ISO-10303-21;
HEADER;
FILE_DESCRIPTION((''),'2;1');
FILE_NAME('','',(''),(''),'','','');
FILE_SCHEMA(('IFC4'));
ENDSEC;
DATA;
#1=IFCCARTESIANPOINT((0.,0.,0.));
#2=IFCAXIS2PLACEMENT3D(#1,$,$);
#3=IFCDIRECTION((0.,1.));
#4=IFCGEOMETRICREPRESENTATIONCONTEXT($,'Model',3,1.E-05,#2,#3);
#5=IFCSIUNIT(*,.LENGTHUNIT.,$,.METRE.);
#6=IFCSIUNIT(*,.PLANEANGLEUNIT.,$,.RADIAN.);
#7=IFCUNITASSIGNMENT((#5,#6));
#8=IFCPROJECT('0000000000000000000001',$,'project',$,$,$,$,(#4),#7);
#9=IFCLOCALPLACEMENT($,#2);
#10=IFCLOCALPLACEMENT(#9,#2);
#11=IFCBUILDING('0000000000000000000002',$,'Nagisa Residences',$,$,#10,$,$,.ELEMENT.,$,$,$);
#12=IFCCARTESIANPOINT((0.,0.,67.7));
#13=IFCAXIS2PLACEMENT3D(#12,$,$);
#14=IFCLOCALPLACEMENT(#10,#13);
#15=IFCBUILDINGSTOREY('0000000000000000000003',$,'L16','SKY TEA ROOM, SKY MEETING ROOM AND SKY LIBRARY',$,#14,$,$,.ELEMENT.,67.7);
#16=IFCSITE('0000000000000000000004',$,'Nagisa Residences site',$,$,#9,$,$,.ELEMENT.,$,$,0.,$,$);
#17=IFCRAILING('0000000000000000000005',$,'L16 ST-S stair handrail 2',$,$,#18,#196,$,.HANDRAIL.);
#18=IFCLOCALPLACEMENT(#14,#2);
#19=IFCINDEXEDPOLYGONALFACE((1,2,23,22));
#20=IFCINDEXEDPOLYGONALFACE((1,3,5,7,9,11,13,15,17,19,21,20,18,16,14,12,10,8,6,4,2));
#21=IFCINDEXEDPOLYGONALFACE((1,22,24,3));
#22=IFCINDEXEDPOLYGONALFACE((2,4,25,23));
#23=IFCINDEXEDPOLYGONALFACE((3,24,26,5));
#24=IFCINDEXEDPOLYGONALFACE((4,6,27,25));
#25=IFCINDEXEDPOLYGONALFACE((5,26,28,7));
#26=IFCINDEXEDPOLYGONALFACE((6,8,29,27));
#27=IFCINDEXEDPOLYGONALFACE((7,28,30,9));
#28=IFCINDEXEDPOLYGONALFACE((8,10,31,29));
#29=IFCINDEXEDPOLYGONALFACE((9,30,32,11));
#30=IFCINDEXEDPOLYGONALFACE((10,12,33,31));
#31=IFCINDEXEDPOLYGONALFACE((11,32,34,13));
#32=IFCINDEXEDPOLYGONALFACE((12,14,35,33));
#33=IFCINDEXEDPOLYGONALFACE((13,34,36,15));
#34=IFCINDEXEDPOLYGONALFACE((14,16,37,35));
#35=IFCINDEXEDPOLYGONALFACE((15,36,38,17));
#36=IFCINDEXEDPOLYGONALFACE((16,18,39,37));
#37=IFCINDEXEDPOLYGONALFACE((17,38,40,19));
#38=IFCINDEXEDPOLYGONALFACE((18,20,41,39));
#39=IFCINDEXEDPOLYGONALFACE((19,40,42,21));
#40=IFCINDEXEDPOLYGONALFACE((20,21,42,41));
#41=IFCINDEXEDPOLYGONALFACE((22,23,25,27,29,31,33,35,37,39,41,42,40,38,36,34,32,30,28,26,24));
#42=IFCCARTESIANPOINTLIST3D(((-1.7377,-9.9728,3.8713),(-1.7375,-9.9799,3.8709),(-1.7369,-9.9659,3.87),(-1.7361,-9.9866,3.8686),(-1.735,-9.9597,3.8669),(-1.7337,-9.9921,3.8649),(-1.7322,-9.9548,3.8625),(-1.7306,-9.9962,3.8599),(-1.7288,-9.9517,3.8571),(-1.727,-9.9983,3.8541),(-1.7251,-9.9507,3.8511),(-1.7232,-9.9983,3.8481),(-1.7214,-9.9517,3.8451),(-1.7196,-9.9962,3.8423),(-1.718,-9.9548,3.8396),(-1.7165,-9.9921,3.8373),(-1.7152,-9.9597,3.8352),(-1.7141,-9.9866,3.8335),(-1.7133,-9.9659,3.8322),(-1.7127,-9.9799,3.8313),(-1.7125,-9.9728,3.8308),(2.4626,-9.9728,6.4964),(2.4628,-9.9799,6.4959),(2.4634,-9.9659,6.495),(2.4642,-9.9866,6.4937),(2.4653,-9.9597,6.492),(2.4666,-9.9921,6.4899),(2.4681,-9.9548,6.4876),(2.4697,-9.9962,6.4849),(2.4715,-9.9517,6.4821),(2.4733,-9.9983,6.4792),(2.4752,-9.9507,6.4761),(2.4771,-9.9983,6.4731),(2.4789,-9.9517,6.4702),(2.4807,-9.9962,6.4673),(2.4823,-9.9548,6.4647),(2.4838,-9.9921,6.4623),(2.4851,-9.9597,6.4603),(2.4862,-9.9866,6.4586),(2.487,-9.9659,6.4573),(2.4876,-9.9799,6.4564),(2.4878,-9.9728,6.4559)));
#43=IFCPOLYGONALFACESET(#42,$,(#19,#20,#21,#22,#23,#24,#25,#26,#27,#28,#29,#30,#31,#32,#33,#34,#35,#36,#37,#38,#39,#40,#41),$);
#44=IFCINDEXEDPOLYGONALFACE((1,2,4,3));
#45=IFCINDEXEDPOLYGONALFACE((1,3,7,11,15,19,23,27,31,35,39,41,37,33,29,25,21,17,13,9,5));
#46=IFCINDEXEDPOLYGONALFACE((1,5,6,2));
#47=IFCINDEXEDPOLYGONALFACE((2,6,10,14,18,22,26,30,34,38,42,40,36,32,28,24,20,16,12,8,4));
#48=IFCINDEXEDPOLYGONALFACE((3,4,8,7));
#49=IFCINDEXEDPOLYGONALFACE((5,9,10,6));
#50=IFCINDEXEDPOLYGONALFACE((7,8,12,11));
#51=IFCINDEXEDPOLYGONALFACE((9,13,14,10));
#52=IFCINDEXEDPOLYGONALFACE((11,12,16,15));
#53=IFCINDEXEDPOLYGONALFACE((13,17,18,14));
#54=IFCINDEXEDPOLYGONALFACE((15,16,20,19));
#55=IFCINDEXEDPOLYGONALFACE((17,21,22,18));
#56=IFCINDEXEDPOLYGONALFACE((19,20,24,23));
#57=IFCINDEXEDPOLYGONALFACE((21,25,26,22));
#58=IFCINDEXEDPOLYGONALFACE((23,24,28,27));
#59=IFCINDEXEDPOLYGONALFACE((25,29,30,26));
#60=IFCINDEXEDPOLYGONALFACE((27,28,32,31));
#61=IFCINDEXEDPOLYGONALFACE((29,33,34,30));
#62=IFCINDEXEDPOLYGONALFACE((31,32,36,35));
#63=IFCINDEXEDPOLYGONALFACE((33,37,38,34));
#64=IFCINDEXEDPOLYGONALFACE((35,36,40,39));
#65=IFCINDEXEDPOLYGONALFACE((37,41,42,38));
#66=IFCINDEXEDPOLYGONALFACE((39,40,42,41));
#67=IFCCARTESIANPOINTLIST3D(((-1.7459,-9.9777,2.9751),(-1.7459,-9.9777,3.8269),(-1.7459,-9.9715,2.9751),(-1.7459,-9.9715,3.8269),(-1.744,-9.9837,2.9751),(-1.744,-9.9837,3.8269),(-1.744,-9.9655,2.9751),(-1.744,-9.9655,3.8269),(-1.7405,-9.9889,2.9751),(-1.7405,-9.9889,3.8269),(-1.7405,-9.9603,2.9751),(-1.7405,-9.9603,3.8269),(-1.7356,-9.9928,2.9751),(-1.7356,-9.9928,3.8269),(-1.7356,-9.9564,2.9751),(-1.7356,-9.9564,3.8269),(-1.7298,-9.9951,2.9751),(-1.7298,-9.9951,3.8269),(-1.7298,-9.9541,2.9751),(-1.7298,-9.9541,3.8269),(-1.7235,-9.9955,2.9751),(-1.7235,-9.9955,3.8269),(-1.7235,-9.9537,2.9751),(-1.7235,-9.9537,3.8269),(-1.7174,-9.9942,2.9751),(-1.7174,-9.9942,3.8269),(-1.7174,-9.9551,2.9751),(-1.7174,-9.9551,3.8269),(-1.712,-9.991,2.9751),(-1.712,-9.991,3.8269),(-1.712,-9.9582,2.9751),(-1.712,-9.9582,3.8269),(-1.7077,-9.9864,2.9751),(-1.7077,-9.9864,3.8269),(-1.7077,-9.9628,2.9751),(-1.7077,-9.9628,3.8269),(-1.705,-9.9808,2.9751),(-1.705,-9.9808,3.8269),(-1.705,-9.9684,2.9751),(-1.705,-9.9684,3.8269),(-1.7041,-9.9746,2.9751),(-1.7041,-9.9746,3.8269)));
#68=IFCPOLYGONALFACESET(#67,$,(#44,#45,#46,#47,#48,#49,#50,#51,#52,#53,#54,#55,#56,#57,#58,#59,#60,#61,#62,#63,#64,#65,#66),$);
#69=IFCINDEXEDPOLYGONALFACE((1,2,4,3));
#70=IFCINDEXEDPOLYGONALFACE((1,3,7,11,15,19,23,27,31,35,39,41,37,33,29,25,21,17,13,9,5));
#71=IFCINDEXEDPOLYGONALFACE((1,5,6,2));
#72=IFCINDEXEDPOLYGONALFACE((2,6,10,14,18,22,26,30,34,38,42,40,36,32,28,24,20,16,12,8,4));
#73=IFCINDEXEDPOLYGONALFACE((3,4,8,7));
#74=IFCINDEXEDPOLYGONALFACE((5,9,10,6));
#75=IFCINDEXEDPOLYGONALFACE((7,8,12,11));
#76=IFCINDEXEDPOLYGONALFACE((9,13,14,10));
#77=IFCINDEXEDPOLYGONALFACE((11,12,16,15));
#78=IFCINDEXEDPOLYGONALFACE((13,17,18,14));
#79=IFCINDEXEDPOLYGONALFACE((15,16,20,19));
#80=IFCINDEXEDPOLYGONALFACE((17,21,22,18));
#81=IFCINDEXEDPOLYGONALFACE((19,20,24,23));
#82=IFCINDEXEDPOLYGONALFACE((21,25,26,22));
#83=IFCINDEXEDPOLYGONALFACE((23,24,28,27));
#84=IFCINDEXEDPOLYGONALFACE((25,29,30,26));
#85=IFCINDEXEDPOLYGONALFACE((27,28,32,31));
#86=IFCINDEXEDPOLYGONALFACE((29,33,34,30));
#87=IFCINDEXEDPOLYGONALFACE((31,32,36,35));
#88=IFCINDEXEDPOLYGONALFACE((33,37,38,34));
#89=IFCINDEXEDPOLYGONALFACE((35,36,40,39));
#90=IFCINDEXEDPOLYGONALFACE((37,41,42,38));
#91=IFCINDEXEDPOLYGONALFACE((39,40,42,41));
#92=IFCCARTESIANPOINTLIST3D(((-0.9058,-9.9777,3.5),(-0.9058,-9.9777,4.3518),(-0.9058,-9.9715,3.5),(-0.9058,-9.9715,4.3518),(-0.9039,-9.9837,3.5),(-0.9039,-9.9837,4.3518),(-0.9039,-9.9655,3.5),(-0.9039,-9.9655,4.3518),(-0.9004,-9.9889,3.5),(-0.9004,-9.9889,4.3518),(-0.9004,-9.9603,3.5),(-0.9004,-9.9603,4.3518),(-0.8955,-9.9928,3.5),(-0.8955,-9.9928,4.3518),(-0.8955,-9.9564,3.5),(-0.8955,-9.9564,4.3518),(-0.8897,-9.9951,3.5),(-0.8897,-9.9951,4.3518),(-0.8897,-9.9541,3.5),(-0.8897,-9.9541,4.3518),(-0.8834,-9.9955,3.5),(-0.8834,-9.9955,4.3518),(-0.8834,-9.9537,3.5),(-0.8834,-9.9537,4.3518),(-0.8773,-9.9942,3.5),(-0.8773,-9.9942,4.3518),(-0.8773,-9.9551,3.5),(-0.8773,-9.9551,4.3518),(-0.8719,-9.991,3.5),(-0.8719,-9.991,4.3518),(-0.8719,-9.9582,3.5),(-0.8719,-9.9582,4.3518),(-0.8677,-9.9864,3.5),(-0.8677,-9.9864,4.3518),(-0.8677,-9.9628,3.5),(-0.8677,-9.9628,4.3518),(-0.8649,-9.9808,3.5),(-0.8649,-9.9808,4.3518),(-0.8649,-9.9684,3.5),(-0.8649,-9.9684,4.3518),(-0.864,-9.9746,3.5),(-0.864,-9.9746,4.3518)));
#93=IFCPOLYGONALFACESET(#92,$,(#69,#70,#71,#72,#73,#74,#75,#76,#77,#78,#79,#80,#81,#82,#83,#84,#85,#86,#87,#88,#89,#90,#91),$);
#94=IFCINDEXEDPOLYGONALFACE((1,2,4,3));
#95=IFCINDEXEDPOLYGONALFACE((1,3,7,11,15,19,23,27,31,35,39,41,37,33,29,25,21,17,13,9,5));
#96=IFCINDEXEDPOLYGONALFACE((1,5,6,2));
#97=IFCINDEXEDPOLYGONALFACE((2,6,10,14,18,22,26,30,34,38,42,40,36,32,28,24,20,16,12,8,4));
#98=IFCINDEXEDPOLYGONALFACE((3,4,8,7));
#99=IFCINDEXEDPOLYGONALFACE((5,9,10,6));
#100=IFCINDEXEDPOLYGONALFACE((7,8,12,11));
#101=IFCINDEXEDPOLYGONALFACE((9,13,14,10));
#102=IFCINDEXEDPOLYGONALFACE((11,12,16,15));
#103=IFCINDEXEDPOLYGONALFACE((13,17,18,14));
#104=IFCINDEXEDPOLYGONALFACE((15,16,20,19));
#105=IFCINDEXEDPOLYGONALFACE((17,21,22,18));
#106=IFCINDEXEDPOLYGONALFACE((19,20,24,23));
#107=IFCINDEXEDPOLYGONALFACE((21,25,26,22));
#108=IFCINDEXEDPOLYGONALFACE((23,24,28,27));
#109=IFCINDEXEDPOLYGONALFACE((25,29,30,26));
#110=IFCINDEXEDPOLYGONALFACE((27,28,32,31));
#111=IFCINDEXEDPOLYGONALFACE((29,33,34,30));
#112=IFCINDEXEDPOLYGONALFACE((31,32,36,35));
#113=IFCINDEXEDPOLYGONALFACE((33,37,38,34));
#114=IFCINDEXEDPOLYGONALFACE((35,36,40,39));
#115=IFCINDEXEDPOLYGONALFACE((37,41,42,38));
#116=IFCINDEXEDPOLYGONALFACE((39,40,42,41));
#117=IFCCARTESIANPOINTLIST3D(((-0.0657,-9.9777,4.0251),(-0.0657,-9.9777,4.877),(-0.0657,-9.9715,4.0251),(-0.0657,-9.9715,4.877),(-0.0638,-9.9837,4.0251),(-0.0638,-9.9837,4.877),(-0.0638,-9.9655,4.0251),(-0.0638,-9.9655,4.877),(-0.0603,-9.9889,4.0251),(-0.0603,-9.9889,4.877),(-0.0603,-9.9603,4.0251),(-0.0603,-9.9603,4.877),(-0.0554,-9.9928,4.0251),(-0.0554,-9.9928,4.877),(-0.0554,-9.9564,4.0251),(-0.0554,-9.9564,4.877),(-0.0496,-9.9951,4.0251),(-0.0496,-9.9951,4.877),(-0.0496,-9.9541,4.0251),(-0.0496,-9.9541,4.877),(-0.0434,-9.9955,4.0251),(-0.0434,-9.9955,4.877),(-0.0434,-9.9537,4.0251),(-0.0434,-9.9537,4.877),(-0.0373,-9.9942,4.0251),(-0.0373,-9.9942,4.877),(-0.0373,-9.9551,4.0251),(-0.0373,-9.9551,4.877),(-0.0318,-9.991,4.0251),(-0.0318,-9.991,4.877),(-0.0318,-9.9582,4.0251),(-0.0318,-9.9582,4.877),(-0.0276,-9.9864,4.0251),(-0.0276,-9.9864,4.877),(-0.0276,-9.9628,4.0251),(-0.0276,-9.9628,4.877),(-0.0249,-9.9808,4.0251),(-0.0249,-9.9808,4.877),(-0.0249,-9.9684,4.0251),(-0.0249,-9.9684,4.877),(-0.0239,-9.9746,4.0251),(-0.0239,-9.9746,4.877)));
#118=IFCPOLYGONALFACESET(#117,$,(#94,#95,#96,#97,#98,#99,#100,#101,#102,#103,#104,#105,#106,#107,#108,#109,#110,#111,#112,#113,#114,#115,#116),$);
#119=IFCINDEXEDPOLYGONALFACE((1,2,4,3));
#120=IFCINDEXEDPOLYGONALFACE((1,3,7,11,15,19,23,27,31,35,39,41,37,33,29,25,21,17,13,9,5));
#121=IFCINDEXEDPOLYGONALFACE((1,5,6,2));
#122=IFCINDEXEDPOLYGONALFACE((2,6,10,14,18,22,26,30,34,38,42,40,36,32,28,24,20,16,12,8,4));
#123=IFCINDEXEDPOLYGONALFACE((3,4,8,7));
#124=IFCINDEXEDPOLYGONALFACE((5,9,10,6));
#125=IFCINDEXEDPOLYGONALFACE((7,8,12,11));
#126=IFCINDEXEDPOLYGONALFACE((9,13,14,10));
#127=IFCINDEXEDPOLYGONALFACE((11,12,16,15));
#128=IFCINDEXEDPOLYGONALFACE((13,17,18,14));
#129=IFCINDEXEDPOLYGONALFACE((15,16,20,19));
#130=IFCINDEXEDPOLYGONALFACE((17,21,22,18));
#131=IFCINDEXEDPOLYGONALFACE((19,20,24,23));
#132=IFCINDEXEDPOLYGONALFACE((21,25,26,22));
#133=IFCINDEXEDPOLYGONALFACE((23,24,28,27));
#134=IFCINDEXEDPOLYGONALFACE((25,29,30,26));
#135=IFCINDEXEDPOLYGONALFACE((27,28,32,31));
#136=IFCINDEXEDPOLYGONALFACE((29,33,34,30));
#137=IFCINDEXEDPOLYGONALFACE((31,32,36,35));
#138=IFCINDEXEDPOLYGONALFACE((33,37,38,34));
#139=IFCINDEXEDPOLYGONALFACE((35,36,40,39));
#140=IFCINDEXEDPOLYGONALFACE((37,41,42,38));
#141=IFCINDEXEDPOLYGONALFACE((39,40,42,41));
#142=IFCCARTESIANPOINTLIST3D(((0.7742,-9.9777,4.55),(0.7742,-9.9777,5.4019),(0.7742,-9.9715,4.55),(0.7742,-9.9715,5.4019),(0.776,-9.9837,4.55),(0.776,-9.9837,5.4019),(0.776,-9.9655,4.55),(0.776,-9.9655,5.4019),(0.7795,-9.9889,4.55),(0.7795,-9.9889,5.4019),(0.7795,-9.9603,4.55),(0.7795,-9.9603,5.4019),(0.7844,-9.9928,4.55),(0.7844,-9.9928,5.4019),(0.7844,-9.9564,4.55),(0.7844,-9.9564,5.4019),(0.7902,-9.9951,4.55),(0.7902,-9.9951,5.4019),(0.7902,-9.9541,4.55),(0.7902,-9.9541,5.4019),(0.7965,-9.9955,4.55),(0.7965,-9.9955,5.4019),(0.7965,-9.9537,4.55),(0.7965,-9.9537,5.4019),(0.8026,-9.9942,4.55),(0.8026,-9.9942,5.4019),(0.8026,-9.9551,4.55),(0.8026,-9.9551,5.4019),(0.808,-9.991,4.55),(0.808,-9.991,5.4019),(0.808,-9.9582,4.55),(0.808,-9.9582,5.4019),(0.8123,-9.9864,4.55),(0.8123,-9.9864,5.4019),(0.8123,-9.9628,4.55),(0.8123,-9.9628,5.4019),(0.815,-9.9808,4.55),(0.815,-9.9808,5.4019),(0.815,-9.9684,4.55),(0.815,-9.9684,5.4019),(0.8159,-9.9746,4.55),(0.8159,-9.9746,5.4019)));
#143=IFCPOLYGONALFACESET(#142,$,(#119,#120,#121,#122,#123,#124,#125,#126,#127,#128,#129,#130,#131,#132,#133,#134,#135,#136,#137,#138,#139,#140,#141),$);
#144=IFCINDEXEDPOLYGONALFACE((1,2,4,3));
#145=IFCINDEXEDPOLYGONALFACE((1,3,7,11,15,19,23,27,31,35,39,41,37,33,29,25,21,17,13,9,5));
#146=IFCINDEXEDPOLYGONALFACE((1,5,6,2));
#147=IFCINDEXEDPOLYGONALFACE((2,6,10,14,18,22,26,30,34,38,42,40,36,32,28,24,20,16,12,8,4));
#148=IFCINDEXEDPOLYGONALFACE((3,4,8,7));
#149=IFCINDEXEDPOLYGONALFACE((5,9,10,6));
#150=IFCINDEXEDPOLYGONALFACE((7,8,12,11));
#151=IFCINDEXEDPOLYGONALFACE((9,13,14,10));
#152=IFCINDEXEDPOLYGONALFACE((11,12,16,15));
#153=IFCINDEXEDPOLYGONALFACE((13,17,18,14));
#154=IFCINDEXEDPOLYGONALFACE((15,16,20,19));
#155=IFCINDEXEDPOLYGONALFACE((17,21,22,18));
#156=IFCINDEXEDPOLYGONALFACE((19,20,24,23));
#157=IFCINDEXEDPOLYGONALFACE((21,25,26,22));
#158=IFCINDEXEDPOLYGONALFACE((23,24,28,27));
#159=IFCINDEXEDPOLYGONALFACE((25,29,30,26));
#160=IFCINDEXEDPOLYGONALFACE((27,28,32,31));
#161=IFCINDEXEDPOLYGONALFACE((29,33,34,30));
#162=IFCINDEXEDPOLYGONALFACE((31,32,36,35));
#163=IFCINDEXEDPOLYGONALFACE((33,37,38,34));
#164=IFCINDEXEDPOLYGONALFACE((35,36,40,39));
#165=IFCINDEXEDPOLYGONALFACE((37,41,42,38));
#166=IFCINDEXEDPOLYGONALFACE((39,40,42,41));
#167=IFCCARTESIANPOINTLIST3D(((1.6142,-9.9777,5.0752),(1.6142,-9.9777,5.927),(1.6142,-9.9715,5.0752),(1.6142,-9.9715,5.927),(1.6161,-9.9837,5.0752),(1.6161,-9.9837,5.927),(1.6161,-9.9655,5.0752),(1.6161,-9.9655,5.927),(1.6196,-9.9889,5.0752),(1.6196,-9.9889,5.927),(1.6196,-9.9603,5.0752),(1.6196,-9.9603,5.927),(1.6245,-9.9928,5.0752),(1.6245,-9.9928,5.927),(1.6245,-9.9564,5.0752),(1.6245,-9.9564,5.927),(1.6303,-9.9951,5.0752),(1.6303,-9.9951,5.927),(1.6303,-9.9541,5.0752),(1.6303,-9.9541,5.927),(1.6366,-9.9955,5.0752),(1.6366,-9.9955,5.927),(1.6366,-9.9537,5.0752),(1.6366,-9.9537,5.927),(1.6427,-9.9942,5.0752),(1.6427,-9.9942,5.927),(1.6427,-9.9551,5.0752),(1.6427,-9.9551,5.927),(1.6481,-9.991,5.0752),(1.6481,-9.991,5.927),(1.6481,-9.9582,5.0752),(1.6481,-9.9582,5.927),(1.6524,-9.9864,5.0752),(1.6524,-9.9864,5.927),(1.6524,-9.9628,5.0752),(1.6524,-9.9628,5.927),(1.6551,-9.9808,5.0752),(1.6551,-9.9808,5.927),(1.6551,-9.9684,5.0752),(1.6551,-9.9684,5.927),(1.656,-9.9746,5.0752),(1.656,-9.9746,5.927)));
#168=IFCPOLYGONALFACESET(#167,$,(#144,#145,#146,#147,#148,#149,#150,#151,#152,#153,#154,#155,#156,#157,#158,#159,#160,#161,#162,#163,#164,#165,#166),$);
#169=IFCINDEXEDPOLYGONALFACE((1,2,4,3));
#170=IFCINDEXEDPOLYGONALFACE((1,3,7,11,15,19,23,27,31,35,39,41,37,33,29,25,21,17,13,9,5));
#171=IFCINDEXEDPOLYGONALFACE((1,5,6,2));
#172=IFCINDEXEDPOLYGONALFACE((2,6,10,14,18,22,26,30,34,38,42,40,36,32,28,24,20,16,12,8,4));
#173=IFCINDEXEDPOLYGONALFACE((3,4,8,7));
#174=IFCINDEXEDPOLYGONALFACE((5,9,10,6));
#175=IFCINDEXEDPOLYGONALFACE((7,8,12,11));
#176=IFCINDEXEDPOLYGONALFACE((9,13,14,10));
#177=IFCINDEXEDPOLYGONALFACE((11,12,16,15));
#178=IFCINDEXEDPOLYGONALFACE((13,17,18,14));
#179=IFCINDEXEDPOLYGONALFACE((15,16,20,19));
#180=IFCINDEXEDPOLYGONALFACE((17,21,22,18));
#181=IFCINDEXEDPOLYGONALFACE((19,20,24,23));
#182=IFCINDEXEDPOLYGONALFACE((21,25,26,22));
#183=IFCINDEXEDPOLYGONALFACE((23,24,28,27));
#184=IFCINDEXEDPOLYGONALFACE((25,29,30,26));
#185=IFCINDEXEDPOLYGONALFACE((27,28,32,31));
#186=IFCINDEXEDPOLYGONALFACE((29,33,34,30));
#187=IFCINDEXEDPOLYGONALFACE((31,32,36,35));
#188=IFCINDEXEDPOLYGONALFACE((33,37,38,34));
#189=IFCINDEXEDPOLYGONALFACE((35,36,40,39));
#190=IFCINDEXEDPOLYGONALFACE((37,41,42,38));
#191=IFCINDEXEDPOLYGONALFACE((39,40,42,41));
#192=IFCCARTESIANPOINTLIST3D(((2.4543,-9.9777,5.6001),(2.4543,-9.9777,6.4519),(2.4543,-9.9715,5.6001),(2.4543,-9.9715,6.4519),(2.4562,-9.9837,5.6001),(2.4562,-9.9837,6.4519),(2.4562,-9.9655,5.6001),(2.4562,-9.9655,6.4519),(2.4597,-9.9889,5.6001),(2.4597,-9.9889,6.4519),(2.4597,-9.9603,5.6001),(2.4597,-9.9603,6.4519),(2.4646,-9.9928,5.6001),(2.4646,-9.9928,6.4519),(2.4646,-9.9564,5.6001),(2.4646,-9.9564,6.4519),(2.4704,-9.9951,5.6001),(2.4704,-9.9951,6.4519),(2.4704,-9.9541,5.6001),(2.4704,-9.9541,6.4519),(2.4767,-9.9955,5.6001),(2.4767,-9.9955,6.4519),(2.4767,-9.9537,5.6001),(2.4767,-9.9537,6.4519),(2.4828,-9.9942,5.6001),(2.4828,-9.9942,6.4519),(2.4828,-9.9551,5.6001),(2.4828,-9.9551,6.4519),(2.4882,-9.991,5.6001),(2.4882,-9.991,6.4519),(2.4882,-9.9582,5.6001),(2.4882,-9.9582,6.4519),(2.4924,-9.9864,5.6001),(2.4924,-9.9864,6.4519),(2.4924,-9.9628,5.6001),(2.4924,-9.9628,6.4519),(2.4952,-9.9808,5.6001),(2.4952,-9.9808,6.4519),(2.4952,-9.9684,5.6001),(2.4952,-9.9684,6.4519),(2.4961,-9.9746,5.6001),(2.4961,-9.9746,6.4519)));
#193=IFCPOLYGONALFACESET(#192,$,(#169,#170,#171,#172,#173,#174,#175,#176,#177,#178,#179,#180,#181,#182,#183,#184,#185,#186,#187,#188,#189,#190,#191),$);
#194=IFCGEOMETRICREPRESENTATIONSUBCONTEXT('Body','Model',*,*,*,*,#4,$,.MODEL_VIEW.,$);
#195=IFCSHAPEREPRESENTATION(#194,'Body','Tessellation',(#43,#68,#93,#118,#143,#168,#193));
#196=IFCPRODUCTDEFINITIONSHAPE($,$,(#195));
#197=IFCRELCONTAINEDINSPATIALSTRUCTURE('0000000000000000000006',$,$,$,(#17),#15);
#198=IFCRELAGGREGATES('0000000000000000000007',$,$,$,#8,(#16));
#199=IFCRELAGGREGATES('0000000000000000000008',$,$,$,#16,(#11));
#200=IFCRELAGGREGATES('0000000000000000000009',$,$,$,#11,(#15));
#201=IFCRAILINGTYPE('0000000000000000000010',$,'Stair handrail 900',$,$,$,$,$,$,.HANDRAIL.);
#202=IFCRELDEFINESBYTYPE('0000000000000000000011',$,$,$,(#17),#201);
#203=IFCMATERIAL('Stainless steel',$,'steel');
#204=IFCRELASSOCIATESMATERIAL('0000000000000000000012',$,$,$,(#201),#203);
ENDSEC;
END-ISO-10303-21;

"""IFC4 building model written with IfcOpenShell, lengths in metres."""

from ifc_helpers import new_model, si_unit, direction, frame, origin, origin_2d, place, context, subcontext, project, spatial, circle, extrude, material, type_object, element, save


model = new_model("IFC4")

# Units and contexts
model_context = context("Model", 3, precision=1e-05, world=origin(), true_north=direction((0.0, 1.0)))
body_context = subcontext(model_context, "Body", "Model", "MODEL_VIEW")
ifc_project = project(units=[si_unit("LENGTHUNIT", "METRE"), si_unit("PLANEANGLEUNIT", "RADIAN")], contexts=[model_context])

# Site, building, storey
site_placement = place(None, origin())
site = spatial("IfcSite", under=ifc_project, at=site_placement, Name="Nagisa Residences site", CompositionType="ELEMENT", RefElevation=0.0)
building_placement = place(site_placement, origin())
building = spatial("IfcBuilding", under=site, at=building_placement, Name="Nagisa Residences", CompositionType="ELEMENT")
storey_placement = place(building_placement, frame((0.0, 0.0, 67.7)))
storey = spatial("IfcBuildingStorey", under=building, at=storey_placement, Name="L16", Description="SKY TEA ROOM, SKY MEETING ROOM AND SKY LIBRARY", CompositionType="ELEMENT", Elevation=67.7)

# Railing
ifc_material_1 = material(Name="Stainless steel", Category="steel")
railing_type = type_object("IfcRailingType", Name="Stair handrail 900", PredefinedType="HANDRAIL", material=ifc_material_1)
railing_placement = place(storey_placement, frame((-1.7251, -9.9746, 2.9751)))
element("IfcRailing", 1, at=railing_placement, inside=storey, type_object=railing_type, Name="L16 ST-S stair handrail 2", PredefinedType="HANDRAIL", context=body_context, shape_type="SweptSolid", body=[
    extrude(circle(Radius=0.0239, at=origin_2d()), frame((0.0, 0.0, 0.876), z_axis=(0.848009, 0.0, 0.529981), x_axis=(0.0, 1.0, 0.0)), (0.0, 0.0, 1.0), 4.9531),
    extrude(circle(Radius=0.021, at=origin_2d()), origin(), (0.0, 0.0, 1.0), 0.8518),
    extrude(circle(Radius=0.021, at=origin_2d()), frame((0.8401, 0.0, 0.5249)), (0.0, 0.0, 1.0), 0.8518),
    extrude(circle(Radius=0.021, at=origin_2d()), frame((1.6802, 0.0, 1.05)), (0.0, 0.0, 1.0), 0.8518),
    extrude(circle(Radius=0.021, at=origin_2d()), frame((2.52, 0.0, 1.575)), (0.0, 0.0, 1.0), 0.8518),
    extrude(circle(Radius=0.021, at=origin_2d()), frame((3.3601, 0.0, 2.1001)), (0.0, 0.0, 1.0), 0.8518),
    extrude(circle(Radius=0.021, at=origin_2d()), frame((4.2002, 0.0, 2.625)), (0.0, 0.0, 1.0), 0.8518),
])

save(model, "model.ifc")
